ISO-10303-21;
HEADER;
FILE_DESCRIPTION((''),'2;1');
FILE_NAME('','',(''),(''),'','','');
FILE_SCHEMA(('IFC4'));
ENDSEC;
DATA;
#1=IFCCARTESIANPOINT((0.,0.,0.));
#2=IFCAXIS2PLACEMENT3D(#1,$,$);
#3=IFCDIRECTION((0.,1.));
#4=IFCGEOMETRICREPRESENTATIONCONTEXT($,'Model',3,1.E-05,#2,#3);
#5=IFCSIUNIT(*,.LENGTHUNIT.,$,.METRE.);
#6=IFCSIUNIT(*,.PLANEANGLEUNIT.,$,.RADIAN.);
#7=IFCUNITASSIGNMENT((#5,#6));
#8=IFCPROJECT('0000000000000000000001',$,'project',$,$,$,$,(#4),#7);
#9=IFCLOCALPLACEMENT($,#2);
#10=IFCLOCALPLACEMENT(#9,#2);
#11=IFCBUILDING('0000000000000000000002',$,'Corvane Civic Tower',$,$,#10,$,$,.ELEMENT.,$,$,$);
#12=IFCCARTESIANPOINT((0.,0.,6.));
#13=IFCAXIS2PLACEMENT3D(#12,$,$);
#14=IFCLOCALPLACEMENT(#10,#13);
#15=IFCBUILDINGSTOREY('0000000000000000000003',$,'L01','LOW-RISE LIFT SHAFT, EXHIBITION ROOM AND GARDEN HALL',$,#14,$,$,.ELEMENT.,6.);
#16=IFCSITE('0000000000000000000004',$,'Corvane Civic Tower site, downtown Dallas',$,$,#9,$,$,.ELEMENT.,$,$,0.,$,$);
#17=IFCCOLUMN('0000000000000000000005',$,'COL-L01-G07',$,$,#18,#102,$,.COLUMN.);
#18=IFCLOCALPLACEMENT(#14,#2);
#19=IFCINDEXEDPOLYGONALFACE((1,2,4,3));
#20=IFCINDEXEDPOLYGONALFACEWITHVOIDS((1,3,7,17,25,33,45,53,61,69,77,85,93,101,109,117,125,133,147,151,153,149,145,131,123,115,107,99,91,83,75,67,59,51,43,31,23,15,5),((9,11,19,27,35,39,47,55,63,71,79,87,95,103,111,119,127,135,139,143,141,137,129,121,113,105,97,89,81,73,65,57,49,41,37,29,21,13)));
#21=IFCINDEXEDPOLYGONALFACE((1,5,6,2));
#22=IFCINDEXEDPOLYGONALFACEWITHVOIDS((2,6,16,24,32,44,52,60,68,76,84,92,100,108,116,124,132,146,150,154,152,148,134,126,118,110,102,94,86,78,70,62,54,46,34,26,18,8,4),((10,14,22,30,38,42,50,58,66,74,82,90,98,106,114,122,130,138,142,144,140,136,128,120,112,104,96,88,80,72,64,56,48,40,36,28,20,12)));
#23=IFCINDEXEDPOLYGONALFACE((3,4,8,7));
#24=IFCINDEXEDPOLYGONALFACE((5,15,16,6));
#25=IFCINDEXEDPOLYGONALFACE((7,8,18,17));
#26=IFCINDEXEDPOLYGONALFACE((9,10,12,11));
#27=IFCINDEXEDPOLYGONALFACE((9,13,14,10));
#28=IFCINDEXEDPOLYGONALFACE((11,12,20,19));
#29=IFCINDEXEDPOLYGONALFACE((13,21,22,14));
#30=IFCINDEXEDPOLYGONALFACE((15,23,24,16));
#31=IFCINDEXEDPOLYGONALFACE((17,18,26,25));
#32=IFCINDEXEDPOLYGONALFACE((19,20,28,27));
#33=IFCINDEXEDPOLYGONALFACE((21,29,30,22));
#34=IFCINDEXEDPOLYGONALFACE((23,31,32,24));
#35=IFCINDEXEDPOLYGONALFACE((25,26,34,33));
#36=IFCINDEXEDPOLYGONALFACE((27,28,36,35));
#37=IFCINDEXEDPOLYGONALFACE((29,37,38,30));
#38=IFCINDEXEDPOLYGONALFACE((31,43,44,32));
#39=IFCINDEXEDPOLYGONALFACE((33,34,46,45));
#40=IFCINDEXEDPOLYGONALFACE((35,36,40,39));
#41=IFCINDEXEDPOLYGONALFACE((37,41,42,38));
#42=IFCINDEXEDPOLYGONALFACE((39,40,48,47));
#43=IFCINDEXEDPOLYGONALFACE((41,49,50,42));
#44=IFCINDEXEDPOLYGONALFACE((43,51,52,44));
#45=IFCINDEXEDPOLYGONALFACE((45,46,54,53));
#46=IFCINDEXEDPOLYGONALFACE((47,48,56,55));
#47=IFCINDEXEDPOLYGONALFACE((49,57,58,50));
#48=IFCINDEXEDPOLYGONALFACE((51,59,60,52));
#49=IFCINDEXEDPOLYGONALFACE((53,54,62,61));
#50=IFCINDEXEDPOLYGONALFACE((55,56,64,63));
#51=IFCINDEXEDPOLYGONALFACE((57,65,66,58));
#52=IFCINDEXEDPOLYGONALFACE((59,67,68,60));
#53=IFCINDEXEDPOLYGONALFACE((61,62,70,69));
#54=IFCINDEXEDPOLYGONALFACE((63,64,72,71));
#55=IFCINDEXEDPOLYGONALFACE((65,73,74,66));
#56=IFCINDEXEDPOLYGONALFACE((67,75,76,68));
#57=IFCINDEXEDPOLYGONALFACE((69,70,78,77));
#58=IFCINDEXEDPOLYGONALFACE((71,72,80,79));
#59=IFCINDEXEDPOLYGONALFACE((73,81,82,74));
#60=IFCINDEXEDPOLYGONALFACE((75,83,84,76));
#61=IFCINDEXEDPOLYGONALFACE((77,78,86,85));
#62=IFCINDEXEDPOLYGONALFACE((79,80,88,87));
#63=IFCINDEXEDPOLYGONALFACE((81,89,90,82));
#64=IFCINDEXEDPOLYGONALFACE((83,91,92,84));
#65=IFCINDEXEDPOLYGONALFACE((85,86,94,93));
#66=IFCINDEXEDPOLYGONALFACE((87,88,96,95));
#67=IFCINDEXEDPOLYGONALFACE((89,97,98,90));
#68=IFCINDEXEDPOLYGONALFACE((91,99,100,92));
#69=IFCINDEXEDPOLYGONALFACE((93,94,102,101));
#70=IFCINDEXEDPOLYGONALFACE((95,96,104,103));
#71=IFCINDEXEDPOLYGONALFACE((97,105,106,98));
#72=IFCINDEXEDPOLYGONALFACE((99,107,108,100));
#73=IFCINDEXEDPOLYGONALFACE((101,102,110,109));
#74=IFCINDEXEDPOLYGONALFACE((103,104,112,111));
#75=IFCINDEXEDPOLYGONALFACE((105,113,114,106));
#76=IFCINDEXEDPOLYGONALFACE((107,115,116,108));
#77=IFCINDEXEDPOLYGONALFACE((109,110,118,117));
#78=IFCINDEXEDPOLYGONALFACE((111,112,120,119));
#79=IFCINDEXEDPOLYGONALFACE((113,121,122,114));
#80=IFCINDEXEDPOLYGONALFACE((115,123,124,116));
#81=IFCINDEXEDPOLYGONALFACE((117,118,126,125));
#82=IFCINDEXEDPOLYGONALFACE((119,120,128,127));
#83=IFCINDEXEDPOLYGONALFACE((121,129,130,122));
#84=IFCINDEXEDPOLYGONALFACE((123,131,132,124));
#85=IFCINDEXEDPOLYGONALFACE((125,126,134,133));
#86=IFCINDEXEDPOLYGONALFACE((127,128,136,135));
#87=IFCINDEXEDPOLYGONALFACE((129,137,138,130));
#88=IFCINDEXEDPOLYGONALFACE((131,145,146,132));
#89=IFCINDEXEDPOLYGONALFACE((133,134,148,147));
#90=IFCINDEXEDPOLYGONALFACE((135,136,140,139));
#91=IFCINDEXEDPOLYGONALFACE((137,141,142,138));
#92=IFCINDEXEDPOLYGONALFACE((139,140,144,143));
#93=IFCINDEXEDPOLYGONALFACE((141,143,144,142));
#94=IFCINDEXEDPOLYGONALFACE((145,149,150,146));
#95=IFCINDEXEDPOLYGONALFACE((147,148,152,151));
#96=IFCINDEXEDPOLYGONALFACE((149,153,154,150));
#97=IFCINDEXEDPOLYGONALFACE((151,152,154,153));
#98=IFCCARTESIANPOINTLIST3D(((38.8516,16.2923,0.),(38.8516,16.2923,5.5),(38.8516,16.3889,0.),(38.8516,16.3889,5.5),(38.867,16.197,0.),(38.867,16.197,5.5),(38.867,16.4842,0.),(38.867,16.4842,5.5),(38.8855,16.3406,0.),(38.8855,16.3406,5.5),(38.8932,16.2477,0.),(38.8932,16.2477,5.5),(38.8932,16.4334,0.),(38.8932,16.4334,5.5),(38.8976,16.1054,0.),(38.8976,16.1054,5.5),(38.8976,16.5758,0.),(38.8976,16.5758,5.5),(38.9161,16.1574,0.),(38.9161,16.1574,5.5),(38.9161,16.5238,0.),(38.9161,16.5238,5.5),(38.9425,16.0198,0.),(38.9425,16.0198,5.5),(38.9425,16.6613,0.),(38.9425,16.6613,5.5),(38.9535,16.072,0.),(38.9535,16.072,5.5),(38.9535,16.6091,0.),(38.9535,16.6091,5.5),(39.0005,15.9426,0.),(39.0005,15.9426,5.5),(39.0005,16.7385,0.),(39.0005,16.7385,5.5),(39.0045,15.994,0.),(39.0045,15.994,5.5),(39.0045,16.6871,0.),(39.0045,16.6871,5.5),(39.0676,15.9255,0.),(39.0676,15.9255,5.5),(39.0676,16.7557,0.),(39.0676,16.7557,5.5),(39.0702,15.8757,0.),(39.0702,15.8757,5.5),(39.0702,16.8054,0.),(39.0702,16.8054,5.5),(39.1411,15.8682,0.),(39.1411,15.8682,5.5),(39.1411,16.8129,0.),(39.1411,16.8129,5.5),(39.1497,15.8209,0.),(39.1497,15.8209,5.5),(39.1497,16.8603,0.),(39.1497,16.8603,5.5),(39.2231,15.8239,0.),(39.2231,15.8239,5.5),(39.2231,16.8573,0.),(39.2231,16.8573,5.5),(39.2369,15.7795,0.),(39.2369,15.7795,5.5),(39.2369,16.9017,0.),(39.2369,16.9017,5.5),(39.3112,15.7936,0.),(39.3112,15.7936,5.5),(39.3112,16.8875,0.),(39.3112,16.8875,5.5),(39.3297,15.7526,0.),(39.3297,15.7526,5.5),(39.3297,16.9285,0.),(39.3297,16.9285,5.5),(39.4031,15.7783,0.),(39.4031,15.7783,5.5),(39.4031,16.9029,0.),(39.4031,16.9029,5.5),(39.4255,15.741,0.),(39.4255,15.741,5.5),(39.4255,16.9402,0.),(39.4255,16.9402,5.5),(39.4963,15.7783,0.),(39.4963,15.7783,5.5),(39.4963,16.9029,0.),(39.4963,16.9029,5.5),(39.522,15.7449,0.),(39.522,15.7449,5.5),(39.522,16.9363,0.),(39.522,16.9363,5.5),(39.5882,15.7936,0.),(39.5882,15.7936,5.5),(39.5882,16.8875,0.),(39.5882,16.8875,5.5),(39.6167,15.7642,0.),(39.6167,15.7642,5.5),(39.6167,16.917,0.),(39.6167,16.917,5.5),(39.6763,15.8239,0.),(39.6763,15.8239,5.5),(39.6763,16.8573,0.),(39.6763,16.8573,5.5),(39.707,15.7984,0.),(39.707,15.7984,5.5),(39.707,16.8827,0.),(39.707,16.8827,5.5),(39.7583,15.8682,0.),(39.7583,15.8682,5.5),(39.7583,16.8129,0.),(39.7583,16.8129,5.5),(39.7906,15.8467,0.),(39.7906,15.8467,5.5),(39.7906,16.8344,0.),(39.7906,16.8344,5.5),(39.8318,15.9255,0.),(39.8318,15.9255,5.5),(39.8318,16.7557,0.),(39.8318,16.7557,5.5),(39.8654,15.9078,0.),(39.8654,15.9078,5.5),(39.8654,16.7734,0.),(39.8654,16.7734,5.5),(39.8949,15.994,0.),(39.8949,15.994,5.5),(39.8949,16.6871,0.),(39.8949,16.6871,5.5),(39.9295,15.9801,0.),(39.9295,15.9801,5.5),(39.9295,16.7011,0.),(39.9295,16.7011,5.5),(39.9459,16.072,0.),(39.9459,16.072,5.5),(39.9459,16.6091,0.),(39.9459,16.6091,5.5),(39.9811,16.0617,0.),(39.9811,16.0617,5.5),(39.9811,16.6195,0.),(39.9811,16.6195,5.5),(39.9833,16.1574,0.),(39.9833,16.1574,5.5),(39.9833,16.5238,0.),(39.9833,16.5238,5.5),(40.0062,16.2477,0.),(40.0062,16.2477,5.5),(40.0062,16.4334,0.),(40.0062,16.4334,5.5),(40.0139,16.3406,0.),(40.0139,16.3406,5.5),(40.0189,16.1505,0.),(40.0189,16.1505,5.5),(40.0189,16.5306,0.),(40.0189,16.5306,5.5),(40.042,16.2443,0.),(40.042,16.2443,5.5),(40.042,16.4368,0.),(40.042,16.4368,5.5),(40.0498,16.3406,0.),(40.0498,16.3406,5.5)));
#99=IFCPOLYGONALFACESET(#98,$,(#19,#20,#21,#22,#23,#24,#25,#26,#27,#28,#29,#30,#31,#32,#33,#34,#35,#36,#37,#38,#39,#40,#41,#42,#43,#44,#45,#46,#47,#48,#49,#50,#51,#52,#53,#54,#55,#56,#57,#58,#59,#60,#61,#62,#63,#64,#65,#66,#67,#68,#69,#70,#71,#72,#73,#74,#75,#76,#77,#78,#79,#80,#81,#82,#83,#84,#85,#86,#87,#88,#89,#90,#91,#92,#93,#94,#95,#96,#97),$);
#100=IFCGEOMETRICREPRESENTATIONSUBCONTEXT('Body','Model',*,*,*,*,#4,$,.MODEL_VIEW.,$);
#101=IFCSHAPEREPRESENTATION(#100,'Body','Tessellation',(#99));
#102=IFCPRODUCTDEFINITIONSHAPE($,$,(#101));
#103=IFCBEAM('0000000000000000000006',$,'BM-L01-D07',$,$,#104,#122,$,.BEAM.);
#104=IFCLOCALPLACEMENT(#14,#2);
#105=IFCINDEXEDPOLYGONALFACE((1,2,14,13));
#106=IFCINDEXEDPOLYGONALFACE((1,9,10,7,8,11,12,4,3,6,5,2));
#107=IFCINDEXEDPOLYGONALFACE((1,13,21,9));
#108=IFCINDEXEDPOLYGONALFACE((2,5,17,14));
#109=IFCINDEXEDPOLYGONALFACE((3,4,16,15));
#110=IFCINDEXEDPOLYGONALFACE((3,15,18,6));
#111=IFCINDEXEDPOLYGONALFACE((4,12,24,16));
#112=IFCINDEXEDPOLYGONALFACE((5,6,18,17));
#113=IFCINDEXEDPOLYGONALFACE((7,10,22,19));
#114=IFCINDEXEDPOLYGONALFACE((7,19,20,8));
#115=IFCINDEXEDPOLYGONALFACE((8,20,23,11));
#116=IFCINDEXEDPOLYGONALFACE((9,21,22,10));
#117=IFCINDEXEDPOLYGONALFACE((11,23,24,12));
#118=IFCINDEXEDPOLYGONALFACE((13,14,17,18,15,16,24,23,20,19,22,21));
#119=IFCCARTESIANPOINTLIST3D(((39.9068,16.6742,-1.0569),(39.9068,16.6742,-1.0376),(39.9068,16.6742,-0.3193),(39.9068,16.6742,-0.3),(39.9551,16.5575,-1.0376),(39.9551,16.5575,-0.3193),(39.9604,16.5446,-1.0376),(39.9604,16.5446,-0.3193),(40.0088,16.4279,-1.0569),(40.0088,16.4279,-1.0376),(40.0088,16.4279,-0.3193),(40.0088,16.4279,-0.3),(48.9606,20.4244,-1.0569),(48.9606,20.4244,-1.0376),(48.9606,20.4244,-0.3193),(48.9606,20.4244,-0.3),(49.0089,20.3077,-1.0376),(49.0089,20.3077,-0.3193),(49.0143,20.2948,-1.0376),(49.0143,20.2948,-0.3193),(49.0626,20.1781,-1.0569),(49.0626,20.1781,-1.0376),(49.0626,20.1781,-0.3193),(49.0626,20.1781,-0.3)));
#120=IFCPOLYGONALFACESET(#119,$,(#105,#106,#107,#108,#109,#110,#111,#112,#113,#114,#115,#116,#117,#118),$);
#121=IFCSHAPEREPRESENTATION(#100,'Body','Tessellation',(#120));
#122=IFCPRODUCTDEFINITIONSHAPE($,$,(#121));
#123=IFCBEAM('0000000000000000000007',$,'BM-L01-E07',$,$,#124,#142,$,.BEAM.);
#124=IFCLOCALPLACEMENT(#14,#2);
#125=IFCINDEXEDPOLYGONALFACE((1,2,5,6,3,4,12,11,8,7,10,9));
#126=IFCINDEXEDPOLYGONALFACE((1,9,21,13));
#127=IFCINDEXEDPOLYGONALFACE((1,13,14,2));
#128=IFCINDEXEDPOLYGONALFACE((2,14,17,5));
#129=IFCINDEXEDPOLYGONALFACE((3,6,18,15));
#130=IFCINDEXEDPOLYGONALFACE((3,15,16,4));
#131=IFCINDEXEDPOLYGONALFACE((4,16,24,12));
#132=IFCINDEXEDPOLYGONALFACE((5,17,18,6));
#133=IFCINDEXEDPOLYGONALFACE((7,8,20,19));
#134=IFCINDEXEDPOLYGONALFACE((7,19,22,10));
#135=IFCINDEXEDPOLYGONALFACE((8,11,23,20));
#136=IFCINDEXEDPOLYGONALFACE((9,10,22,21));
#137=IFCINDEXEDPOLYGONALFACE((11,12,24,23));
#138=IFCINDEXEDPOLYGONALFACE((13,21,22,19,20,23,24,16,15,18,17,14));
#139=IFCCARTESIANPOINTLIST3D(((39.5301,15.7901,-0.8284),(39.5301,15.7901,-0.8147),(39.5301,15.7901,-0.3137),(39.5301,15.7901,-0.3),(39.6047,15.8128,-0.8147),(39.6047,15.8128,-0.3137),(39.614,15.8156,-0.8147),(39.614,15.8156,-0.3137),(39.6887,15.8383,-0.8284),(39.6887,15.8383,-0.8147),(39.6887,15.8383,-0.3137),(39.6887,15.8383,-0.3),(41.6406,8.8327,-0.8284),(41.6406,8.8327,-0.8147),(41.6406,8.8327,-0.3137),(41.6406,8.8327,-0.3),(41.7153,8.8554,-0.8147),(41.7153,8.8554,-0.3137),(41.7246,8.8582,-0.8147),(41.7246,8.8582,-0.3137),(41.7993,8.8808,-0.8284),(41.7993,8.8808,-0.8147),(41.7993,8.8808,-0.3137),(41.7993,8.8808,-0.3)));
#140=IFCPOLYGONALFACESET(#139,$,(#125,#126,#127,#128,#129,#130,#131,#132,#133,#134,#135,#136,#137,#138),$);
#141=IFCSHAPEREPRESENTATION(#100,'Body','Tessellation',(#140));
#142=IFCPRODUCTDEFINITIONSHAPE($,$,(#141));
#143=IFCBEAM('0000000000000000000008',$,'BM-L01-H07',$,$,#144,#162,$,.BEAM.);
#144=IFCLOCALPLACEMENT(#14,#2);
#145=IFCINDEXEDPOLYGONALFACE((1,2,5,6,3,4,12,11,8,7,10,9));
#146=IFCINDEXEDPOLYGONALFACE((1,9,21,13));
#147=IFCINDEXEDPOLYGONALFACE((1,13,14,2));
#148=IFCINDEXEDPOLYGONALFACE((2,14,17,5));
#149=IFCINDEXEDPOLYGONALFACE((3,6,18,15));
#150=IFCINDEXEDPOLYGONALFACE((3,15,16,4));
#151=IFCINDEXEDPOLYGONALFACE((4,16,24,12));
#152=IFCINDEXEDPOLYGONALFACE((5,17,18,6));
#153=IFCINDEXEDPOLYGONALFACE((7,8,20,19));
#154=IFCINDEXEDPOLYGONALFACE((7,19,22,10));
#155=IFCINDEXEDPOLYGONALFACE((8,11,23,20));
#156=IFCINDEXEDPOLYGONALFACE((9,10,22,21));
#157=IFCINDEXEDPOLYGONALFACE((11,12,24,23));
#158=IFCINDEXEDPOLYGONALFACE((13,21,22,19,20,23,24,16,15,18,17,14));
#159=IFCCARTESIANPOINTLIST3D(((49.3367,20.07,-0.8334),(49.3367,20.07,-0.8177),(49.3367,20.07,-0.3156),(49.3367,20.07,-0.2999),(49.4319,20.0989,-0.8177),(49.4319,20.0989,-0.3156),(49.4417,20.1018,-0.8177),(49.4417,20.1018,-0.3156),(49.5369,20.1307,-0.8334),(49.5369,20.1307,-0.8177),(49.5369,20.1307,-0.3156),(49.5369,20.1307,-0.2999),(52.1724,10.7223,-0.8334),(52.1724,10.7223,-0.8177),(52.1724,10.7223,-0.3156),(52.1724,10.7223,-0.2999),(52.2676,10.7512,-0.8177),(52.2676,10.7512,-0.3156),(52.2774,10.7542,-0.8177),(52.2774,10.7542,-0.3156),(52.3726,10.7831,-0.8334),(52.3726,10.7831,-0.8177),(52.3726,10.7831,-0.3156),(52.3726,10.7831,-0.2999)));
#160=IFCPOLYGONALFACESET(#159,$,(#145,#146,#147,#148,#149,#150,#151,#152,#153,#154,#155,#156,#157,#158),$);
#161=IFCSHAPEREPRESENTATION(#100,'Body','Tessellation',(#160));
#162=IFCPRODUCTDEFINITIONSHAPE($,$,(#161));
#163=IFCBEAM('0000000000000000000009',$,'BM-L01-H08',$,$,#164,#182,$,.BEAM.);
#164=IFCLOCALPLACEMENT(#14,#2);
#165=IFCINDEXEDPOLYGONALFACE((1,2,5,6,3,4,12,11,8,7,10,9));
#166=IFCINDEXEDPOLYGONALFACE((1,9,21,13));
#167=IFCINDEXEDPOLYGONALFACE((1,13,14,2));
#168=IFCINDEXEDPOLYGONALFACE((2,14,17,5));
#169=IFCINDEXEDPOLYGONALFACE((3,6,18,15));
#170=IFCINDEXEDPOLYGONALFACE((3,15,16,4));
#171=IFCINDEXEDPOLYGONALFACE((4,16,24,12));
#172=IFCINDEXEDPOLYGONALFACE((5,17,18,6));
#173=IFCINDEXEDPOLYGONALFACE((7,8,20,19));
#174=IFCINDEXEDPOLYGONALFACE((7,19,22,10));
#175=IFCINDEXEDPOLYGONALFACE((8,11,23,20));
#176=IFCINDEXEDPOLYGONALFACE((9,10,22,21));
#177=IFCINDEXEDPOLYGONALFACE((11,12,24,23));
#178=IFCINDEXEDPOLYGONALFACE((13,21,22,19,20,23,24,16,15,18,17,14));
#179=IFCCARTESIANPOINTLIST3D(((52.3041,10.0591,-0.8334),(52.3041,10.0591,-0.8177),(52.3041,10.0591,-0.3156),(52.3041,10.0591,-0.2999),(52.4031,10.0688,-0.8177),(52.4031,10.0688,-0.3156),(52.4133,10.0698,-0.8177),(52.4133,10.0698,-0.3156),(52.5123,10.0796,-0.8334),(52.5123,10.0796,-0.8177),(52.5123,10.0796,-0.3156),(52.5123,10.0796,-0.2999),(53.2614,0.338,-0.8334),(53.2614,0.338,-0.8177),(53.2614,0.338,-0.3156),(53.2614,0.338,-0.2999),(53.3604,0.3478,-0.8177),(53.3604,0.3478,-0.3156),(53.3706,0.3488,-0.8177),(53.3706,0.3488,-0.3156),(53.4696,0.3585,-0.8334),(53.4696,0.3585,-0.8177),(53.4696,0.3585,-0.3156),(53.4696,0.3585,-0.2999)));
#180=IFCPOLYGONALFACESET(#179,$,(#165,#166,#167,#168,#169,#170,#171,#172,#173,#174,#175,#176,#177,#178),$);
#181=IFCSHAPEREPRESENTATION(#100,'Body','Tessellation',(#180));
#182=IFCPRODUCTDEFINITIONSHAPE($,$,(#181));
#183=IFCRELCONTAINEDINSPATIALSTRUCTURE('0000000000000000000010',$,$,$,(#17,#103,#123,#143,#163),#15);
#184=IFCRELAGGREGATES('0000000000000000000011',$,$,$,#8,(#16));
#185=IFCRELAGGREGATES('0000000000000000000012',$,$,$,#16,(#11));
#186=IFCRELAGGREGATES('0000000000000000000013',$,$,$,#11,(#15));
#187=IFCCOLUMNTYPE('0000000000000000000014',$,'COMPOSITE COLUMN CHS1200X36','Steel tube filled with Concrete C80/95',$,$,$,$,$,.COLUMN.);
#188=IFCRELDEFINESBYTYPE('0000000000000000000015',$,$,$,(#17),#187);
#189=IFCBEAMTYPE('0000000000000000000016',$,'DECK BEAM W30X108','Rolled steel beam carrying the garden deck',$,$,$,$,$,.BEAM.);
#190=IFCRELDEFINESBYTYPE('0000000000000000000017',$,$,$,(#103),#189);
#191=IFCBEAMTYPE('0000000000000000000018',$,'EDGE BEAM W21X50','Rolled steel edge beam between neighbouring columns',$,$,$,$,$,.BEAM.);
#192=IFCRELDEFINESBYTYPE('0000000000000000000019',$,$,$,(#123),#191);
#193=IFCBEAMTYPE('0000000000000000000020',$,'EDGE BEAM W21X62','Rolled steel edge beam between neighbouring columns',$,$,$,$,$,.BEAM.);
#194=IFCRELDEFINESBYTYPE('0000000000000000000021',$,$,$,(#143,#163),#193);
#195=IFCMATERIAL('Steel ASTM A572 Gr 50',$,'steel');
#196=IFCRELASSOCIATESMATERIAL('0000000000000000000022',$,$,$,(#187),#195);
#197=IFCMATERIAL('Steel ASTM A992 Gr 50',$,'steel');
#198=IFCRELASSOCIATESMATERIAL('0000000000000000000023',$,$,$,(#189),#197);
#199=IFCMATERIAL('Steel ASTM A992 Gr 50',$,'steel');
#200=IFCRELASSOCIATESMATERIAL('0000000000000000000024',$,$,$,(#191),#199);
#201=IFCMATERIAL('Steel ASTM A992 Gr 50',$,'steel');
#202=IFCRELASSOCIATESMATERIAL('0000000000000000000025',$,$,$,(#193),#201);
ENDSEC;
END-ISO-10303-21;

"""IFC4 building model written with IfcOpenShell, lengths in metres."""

from ifc_helpers import new_model, si_unit, direction, frame, origin, origin_2d, place, context, subcontext, project, spatial, hollow_circle, i_section, extrude, material, material_profile, profile_set, type_object, element, save


model = new_model("IFC4")

# Units and contexts
model_context = context("Model", 3, precision=1e-05, world=origin(), true_north=direction((0.0, 1.0)))
body_context = subcontext(model_context, "Body", "Model", "MODEL_VIEW")
ifc_project = project(units=[si_unit("LENGTHUNIT", "METRE"), si_unit("PLANEANGLEUNIT", "RADIAN")], contexts=[model_context])

# Site, building, storey
site_placement = place(None, origin())
site = spatial("IfcSite", under=ifc_project, at=site_placement, Name="Corvane Civic Tower site, downtown Dallas", CompositionType="ELEMENT", RefElevation=0.0)
building_placement = place(site_placement, origin())
building = spatial("IfcBuilding", under=site, at=building_placement, Name="Corvane Civic Tower", CompositionType="ELEMENT")
storey_placement = place(building_placement, frame((0.0, 0.0, 6.0)))
storey = spatial("IfcBuildingStorey", under=building, at=storey_placement, Name="L01", Description="LOW-RISE LIFT SHAFT, EXHIBITION ROOM AND GARDEN HALL", CompositionType="ELEMENT", Elevation=6.0)

# Column
ifc_material_1 = material(Name="Steel ASTM A572 Gr 50", Category="steel")
ifc_material_profile_1 = material_profile(ifc_material_1, hollow_circle(Radius=0.6001, WallThickness=0.0359, at=origin_2d()), Name="CHS1200X36")
ifc_profile_set_1 = profile_set([ifc_material_profile_1], Name="Steel ASTM A572 Gr 50")
column_type = type_object("IfcColumnType", Name="COMPOSITE COLUMN CHS1200X36", Description="Steel tube filled with Concrete C80/95", PredefinedType="COLUMN", material=ifc_profile_set_1)
column_placement = place(storey_placement, frame((39.4497, 16.3406, 0.0), z_axis=(0.0, 0.0, 1.0), x_axis=(1.0, 0.0, 0.0)))
element("IfcColumn", 1, at=column_placement, inside=storey, type_object=column_type, Name="COL-L01-G07", PredefinedType="COLUMN", context=body_context, shape_type="SweptSolid", body=[
    extrude(hollow_circle(Radius=0.6001, WallThickness=0.0359, at=origin_2d()), origin(), (0.0, 0.0, 1.0), 5.5),
])

# Beams
ifc_material_2 = material(Name="Steel ASTM A992 Gr 50", Category="steel")
ifc_material_profile_2 = material_profile(ifc_material_2, i_section(OverallWidth=0.2666, OverallDepth=0.7568, WebThickness=0.0139, FlangeThickness=0.0193, at=origin_2d()), Name="W30X108")
ifc_profile_set_2 = profile_set([ifc_material_profile_2], Name="Steel ASTM A992 Gr 50")
beam_type_1 = type_object("IfcBeamType", Name="DECK BEAM W30X108", Description="Rolled steel beam carrying the garden deck", PredefinedType="BEAM", material=ifc_profile_set_2)
beam_1_placement = place(storey_placement, frame((39.9578, 16.551, -0.6785), z_axis=(0.923881, 0.382681, 0.0), x_axis=(-0.382681, 0.923881, 0.0)))
element("IfcBeam", 2, at=beam_1_placement, inside=storey, type_object=beam_type_1, Name="BM-L01-D07", PredefinedType="BEAM", context=body_context, shape_type="SweptSolid", body=[
    extrude(i_section(OverallWidth=0.2666, OverallDepth=0.7568, WebThickness=0.0139, FlangeThickness=0.0193, at=origin_2d()), origin(), (0.0, 0.0, 1.0), 9.7998),
])
ifc_material_3 = material(Name="Steel ASTM A992 Gr 50", Category="steel")
ifc_material_profile_3 = material_profile(ifc_material_3, i_section(OverallWidth=0.1658, OverallDepth=0.5283, WebThickness=0.0098, FlangeThickness=0.0137, at=origin_2d()), Name="W21X50")
ifc_profile_set_3 = profile_set([ifc_material_profile_3], Name="Steel ASTM A992 Gr 50")
beam_type_2 = type_object("IfcBeamType", Name="EDGE BEAM W21X50", Description="Rolled steel edge beam between neighbouring columns", PredefinedType="BEAM", material=ifc_profile_set_3)
beam_2_placement = place(storey_placement, frame((39.6094, 15.8142, -0.5642), z_axis=(0.290292, -0.956938, 0.0), x_axis=(0.956938, 0.290292, 0.0)))
element("IfcBeam", 3, at=beam_2_placement, inside=storey, type_object=beam_type_2, Name="BM-L01-E07", PredefinedType="BEAM", context=body_context, shape_type="SweptSolid", body=[
    extrude(i_section(OverallWidth=0.1658, OverallDepth=0.5283, WebThickness=0.0098, FlangeThickness=0.0137, at=origin_2d()), origin(), (0.0, 0.0, 1.0), 7.2705),
])
ifc_material_4 = material(Name="Steel ASTM A992 Gr 50", Category="steel")
ifc_material_profile_4 = material_profile(ifc_material_4, i_section(OverallWidth=0.2092, OverallDepth=0.5334, WebThickness=0.0103, FlangeThickness=0.0156, at=origin_2d()), Name="W21X62")
ifc_profile_set_4 = profile_set([ifc_material_profile_4], Name="Steel ASTM A992 Gr 50")
beam_type_3 = type_object("IfcBeamType", Name="EDGE BEAM W21X62", Description="Rolled steel edge beam between neighbouring columns", PredefinedType="BEAM", material=ifc_profile_set_4)
beam_3_placement = place(storey_placement, frame((49.4368, 20.1003, -0.5667), z_axis=(0.290295, -0.956937, 0.0), x_axis=(0.956937, 0.290295, 0.0)))
element("IfcBeam", 4, at=beam_3_placement, inside=storey, type_object=beam_type_3, Name="BM-L01-H07", PredefinedType="BEAM", context=body_context, shape_type="SweptSolid", body=[
    extrude(i_section(OverallWidth=0.2092, OverallDepth=0.5334, WebThickness=0.0103, FlangeThickness=0.0156, at=origin_2d()), origin(), (0.0, 0.0, 1.0), 9.7683),
])
beam_4_placement = place(storey_placement, frame((52.4082, 10.0693, -0.5667), z_axis=(0.098001, -0.995186, 0.0), x_axis=(0.995186, 0.098001, 0.0)))
element("IfcBeam", 5, at=beam_4_placement, inside=storey, type_object=beam_type_3, Name="BM-L01-H08", PredefinedType="BEAM", context=body_context, shape_type="SweptSolid", body=[
    extrude(i_section(OverallWidth=0.2092, OverallDepth=0.5334, WebThickness=0.0103, FlangeThickness=0.0156, at=origin_2d()), origin(), (0.0, 0.0, 1.0), 9.7681),
])

save(model, "model.ifc")
